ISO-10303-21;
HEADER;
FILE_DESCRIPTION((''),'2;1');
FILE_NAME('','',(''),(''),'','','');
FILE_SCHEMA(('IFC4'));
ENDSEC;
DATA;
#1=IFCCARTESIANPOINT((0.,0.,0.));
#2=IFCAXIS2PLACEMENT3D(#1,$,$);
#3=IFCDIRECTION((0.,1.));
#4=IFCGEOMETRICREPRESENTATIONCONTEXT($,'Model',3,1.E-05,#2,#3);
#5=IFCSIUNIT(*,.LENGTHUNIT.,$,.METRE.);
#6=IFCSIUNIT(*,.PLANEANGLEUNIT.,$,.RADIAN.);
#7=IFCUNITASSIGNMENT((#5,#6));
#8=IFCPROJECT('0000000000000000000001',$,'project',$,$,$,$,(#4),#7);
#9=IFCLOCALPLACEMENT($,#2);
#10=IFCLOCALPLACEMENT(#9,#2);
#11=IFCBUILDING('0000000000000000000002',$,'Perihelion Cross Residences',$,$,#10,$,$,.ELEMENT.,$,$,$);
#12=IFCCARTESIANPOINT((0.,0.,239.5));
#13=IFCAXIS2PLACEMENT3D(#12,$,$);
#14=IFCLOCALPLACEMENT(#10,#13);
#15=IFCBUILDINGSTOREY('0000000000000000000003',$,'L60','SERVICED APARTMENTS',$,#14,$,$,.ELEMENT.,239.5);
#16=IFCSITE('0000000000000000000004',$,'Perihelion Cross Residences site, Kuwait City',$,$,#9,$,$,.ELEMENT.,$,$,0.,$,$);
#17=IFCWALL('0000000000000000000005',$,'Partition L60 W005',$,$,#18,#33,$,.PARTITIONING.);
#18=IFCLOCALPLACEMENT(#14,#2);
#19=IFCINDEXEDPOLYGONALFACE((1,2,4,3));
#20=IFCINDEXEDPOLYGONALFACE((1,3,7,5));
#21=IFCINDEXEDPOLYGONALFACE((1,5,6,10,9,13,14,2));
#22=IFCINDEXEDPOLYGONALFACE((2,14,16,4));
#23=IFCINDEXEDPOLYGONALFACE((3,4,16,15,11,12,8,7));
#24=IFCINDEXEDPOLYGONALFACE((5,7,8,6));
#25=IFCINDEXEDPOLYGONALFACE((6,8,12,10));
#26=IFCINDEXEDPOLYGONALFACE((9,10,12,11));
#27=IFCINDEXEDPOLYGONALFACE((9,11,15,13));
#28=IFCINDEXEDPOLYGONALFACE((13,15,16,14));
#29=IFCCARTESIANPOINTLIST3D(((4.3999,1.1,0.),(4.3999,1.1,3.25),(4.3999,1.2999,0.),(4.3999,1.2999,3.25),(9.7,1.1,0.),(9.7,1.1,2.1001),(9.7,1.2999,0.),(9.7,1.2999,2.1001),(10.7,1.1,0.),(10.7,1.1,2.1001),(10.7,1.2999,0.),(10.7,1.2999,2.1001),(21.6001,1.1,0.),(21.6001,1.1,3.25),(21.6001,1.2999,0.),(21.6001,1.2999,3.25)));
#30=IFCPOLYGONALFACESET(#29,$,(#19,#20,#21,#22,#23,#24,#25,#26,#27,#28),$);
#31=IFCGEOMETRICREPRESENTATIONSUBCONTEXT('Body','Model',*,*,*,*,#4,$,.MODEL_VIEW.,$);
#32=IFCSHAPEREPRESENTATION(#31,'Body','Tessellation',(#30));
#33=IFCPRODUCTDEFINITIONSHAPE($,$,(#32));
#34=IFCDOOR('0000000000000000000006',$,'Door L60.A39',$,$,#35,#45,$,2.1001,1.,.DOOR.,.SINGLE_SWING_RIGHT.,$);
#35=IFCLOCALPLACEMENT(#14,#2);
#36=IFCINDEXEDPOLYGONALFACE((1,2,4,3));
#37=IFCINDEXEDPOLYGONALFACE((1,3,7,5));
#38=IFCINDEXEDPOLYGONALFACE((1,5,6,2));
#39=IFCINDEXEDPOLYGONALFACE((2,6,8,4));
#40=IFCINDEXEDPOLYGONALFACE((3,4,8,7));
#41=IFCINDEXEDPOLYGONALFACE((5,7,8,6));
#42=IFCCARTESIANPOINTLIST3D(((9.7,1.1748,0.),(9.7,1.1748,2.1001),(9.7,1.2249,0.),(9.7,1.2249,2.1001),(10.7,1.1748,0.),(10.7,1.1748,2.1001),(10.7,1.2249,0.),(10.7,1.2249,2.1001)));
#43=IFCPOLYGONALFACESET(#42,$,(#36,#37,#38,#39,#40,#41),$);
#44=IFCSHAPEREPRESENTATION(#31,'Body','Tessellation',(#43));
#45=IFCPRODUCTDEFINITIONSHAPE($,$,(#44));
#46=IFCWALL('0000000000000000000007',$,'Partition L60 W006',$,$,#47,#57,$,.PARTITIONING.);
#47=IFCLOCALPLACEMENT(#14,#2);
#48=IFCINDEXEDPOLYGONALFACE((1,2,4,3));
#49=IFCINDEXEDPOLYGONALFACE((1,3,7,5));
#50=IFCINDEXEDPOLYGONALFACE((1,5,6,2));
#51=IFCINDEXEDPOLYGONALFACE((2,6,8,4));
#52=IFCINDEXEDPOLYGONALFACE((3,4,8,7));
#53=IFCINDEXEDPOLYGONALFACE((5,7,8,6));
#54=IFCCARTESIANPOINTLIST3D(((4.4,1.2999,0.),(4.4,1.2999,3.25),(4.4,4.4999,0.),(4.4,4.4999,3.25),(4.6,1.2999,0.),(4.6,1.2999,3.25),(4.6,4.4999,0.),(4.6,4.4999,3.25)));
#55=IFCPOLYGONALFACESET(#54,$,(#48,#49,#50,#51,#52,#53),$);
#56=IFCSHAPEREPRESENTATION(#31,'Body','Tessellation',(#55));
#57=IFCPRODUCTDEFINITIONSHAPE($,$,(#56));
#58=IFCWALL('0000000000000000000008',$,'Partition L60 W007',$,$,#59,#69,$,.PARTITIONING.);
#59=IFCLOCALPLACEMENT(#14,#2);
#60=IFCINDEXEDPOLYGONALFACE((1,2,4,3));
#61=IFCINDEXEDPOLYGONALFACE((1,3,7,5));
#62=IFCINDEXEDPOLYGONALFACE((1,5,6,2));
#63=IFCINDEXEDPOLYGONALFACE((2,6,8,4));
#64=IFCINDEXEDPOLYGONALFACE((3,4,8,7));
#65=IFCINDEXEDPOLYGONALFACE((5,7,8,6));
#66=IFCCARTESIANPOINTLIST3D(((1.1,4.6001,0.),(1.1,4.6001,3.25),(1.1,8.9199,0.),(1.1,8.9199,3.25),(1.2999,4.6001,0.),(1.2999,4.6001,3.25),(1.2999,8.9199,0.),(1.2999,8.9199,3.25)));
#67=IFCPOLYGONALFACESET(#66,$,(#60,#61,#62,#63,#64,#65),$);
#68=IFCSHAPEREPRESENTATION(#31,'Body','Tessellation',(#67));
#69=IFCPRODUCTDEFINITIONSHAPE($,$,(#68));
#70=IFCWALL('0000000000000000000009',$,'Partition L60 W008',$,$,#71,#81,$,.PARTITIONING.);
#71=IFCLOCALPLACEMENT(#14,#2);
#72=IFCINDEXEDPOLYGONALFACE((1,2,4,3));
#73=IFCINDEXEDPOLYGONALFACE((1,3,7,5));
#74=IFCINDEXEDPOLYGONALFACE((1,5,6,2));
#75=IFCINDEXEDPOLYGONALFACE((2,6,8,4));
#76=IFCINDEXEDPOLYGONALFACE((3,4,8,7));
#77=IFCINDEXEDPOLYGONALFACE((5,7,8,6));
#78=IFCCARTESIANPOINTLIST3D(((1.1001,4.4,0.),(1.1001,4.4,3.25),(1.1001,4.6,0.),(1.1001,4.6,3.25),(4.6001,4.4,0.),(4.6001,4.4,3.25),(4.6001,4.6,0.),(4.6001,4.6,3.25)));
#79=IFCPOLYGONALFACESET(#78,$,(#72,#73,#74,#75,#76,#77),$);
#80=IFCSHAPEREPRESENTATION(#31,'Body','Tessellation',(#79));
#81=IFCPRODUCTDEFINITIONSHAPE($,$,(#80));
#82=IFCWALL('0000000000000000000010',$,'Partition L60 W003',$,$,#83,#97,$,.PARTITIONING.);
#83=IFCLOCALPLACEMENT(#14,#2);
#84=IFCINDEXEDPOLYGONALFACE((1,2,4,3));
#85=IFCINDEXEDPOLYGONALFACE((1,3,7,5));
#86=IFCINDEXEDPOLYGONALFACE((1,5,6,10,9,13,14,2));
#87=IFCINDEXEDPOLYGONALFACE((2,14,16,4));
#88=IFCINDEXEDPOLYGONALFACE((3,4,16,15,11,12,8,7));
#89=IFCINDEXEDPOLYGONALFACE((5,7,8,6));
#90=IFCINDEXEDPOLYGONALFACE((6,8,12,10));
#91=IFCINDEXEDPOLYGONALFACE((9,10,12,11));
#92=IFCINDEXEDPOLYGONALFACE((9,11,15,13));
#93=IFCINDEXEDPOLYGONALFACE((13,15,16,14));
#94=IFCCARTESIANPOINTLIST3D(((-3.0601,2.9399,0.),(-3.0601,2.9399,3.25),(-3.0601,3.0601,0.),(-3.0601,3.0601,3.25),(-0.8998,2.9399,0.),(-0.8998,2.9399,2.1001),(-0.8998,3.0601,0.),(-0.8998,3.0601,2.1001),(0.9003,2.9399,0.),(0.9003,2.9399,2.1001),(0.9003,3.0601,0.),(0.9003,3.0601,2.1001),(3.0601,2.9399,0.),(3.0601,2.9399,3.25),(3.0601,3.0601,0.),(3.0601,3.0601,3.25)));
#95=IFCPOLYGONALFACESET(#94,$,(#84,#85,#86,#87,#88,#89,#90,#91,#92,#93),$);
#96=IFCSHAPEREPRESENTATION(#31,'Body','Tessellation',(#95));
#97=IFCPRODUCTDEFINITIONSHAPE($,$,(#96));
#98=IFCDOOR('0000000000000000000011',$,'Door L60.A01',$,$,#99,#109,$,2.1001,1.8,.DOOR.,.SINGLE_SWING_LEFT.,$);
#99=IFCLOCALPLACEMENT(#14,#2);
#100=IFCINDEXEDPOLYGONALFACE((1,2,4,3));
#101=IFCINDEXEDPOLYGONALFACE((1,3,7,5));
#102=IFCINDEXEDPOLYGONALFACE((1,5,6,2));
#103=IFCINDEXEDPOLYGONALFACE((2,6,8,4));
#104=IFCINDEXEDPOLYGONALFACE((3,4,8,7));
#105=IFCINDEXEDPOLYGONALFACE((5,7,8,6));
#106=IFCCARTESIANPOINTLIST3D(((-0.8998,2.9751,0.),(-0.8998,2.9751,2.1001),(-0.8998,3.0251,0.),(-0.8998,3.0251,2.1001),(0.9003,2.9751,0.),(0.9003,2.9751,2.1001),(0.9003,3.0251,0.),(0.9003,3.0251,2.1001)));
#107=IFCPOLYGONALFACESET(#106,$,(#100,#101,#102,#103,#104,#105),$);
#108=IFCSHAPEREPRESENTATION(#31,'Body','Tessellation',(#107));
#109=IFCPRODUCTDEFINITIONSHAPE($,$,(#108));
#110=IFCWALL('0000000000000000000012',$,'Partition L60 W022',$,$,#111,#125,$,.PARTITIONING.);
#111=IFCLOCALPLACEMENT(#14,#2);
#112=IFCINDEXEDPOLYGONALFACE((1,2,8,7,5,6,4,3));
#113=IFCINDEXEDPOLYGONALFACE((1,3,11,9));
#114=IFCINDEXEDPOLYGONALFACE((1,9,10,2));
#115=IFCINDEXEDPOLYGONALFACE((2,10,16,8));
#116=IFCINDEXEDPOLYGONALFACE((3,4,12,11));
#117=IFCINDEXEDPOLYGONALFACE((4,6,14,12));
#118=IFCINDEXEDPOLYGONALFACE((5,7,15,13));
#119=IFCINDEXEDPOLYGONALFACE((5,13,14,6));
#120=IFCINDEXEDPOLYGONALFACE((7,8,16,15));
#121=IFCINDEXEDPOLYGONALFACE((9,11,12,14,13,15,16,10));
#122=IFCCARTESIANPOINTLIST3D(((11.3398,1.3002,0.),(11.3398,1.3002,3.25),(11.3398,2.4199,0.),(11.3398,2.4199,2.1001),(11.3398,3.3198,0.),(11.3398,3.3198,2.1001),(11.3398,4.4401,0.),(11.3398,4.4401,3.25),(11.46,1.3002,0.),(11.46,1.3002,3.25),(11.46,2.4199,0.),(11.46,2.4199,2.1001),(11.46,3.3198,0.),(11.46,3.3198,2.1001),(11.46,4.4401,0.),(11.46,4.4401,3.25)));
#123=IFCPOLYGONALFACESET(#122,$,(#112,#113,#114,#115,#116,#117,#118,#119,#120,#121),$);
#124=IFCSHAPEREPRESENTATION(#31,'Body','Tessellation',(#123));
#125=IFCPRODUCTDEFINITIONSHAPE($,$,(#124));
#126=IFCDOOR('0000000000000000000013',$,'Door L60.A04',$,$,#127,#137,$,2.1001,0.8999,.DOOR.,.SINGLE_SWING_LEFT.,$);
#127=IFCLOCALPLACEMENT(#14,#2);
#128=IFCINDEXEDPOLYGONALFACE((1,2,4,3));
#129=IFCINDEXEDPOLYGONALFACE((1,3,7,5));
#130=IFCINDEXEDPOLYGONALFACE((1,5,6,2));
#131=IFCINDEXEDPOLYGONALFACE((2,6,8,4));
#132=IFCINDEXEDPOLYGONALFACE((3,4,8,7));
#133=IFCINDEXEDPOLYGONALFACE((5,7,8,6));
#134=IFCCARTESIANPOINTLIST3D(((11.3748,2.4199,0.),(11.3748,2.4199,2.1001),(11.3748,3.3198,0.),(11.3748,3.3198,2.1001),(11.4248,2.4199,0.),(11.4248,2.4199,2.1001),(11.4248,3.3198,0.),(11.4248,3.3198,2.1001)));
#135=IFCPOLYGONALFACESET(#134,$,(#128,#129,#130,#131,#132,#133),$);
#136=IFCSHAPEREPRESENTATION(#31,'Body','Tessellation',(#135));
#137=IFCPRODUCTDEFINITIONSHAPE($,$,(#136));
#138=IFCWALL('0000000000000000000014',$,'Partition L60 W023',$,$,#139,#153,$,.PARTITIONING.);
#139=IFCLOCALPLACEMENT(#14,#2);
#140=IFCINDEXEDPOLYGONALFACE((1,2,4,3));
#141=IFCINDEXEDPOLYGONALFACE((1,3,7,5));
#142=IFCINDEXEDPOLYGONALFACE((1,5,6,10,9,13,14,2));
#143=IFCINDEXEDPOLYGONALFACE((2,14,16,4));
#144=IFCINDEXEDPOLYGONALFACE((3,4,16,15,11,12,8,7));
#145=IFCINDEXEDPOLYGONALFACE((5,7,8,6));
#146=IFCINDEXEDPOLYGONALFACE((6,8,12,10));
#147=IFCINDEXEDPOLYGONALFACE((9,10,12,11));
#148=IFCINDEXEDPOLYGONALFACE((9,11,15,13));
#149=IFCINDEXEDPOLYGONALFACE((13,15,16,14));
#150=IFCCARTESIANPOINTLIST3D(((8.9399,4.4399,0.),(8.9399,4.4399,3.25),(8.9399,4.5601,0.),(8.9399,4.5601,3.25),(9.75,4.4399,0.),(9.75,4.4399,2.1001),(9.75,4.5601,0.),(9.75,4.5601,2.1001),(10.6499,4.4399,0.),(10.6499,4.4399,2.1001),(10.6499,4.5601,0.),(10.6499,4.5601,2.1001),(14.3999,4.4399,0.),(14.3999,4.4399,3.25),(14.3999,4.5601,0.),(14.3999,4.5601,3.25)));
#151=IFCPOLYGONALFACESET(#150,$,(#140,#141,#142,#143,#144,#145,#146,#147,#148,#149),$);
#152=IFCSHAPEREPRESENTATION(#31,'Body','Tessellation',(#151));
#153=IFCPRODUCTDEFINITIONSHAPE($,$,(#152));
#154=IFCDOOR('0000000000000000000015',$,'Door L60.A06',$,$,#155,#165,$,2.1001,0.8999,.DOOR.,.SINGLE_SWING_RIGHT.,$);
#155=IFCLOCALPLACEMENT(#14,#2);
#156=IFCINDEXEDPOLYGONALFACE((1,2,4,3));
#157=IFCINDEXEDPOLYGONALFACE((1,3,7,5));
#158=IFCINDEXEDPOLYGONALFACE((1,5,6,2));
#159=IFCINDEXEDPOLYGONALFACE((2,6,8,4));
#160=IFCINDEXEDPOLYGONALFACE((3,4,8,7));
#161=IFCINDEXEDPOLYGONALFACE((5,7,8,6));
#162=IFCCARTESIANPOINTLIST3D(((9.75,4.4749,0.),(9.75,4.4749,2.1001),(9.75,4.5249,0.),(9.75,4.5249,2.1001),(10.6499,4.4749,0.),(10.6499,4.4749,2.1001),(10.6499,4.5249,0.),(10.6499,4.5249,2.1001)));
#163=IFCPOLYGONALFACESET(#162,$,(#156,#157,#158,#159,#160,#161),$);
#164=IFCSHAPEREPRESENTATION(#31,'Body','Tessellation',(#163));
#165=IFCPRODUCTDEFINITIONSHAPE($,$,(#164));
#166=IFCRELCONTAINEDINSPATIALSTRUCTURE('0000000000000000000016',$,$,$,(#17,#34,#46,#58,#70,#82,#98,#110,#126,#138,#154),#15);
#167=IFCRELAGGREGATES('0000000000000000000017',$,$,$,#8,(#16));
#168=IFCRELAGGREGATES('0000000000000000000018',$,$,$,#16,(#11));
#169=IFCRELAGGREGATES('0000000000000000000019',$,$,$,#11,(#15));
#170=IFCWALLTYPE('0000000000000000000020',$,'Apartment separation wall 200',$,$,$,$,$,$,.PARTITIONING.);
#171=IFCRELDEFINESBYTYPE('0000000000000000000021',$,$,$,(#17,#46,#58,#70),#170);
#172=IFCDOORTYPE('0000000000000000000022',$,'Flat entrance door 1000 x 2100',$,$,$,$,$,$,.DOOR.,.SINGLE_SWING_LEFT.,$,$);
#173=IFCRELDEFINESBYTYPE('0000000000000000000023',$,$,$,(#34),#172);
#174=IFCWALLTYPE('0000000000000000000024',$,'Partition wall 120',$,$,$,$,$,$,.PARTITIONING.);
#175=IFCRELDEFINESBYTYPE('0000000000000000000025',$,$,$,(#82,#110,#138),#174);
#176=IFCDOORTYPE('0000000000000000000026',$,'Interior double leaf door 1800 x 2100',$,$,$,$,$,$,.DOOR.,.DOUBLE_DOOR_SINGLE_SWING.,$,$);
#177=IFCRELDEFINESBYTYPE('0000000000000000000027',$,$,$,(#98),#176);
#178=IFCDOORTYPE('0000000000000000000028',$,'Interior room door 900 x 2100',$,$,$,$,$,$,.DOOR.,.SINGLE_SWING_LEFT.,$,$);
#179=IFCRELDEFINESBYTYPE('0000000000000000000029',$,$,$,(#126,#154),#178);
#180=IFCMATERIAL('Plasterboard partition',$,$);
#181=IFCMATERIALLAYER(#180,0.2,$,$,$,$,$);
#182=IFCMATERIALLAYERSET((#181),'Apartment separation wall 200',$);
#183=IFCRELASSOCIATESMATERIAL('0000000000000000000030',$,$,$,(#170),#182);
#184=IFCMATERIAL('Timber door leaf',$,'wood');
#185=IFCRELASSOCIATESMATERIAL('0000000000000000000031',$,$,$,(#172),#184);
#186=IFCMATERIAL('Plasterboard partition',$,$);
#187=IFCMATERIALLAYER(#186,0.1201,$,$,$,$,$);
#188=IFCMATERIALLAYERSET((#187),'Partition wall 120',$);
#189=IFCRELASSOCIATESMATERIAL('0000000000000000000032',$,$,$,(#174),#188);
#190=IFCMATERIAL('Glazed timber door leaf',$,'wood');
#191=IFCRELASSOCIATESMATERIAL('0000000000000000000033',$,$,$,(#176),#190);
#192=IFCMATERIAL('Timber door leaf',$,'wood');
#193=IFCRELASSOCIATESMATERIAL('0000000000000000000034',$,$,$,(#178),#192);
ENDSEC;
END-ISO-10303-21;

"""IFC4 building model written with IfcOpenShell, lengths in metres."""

from ifc_helpers import new_model, si_unit, direction, frame, frame_2d, origin, place, context, subcontext, project, spatial, rectangle, extrude, material, layer, layer_set, type_object, element, fill, save


model = new_model("IFC4")

# Units and contexts
model_context = context("Model", 3, precision=1e-05, world=origin(), true_north=direction((0.0, 1.0)))
body_context = subcontext(model_context, "Body", "Model", "MODEL_VIEW")
ifc_project = project(units=[si_unit("LENGTHUNIT", "METRE"), si_unit("PLANEANGLEUNIT", "RADIAN")], contexts=[model_context])

# Site, building, storey
site_placement = place(None, origin())
site = spatial("IfcSite", under=ifc_project, at=site_placement, Name="Perihelion Cross Residences site, Kuwait City", CompositionType="ELEMENT", RefElevation=0.0)
building_placement = place(site_placement, origin())
building = spatial("IfcBuilding", under=site, at=building_placement, Name="Perihelion Cross Residences", CompositionType="ELEMENT")
storey_placement = place(building_placement, frame((0.0, 0.0, 239.5)))
storey = spatial("IfcBuildingStorey", under=building, at=storey_placement, Name="L60", Description="SERVICED APARTMENTS", CompositionType="ELEMENT", Elevation=239.5)

# Wall, opening, door
ifc_material_1 = material(Name="Plasterboard partition")
ifc_layer_1 = layer(ifc_material_1, 0.2)
ifc_layer_set_1 = layer_set([ifc_layer_1], Name="Apartment separation wall 200")
wall_type_1 = type_object("IfcWallType", Name="Apartment separation wall 200", PredefinedType="PARTITIONING", material=ifc_layer_set_1)
wall_1_placement = place(storey_placement, frame((4.3999, 1.2, 0.0), z_axis=(0.0, 0.0, 1.0), x_axis=(1.0, 0.0, 0.0)))
wall_1 = element("IfcWall", 1, at=wall_1_placement, inside=storey, type_object=wall_type_1, Name="Partition L60 W005", PredefinedType="PARTITIONING", context=body_context, shape_type="SweptSolid", body=[
    extrude(rectangle(XDim=17.2002, YDim=0.2, at=frame_2d((8.6001, 0.0))), origin(), (0.0, 0.0, 1.0), 3.25),
])
opening_1_placement = place(wall_1_placement, frame((5.3, 0.0, 0.0)))
opening_1 = element("IfcOpeningElement", 2, at=opening_1_placement, cuts=wall_1, PredefinedType="OPENING", context=body_context, shape_type="SweptSolid", body=[
    extrude(rectangle(XDim=1.0, YDim=2.1001, at=frame_2d((0.5, 1.05))), frame((0.0, 0.1099, 0.0), z_axis=(0.0, -1.0, 0.0), x_axis=(1.0, 0.0, 0.0)), (0.0, 0.0, 1.0), 0.22),
])
ifc_material_2 = material(Name="Timber door leaf", Category="wood")
door_type_1 = type_object("IfcDoorType", Name="Flat entrance door 1000 x 2100", OperationType="SINGLE_SWING_LEFT", PredefinedType="DOOR", material=ifc_material_2)
door_1_placement = place(opening_1_placement, origin())
door_1 = element("IfcDoor", 3, at=door_1_placement, inside=storey, type_object=door_type_1, Name="Door L60.A39", OperationType="SINGLE_SWING_RIGHT", OverallHeight=2.1001, OverallWidth=1.0, PredefinedType="DOOR", context=body_context, shape_type="SweptSolid", body=[
    extrude(rectangle(XDim=1.0, YDim=2.1001, at=frame_2d((0.5, 1.05))), frame((0.0, 0.0249, 0.0), z_axis=(0.0, -1.0, 0.0), x_axis=(1.0, 0.0, 0.0)), (0.0, 0.0, 1.0), 0.05),
])
fill(opening_1, door_1)

# Walls
wall_2_placement = place(storey_placement, frame((4.5, 4.5, 0.0), z_axis=(0.0, 0.0, 1.0), x_axis=(0.0, -1.0, 0.0)))
element("IfcWall", 4, at=wall_2_placement, inside=storey, type_object=wall_type_1, Name="Partition L60 W006", PredefinedType="PARTITIONING", context=body_context, shape_type="SweptSolid", body=[
    extrude(rectangle(XDim=3.2, YDim=0.2, at=frame_2d((1.6001, 0.0))), origin(), (0.0, 0.0, 1.0), 3.25),
])
wall_3_placement = place(storey_placement, frame((1.2, 8.9199, 0.0), z_axis=(0.0, 0.0, 1.0), x_axis=(0.0, -1.0, 0.0)))
element("IfcWall", 5, at=wall_3_placement, inside=storey, type_object=wall_type_1, Name="Partition L60 W007", PredefinedType="PARTITIONING", context=body_context, shape_type="SweptSolid", body=[
    extrude(rectangle(XDim=4.3198, YDim=0.2, at=frame_2d((2.1599, 0.0))), origin(), (0.0, 0.0, 1.0), 3.25),
])
wall_4_placement = place(storey_placement, frame((1.1001, 4.5, 0.0), z_axis=(0.0, 0.0, 1.0), x_axis=(1.0, 0.0, 0.0)))
element("IfcWall", 6, at=wall_4_placement, inside=storey, type_object=wall_type_1, Name="Partition L60 W008", PredefinedType="PARTITIONING", context=body_context, shape_type="SweptSolid", body=[
    extrude(rectangle(XDim=3.5, YDim=0.2, at=frame_2d((1.75, 0.0))), origin(), (0.0, 0.0, 1.0), 3.25),
])

# Walls, openings, doors
ifc_material_3 = material(Name="Plasterboard partition")
ifc_layer_2 = layer(ifc_material_3, 0.1201)
ifc_layer_set_2 = layer_set([ifc_layer_2], Name="Partition wall 120")
wall_type_2 = type_object("IfcWallType", Name="Partition wall 120", PredefinedType="PARTITIONING", material=ifc_layer_set_2)
wall_5_placement = place(storey_placement, frame((3.0601, 3.0, 0.0), z_axis=(0.0, 0.0, 1.0), x_axis=(-1.0, 0.0, 0.0)))
wall_5 = element("IfcWall", 7, at=wall_5_placement, inside=storey, type_object=wall_type_2, Name="Partition L60 W003", PredefinedType="PARTITIONING", context=body_context, shape_type="SweptSolid", body=[
    extrude(rectangle(XDim=6.1201, YDim=0.1201, at=frame_2d((3.0601, 0.0))), origin(), (0.0, 0.0, 1.0), 3.25),
])
opening_2_placement = place(wall_5_placement, frame((2.1599, 0.0, 0.0)))
opening_2 = element("IfcOpeningElement", 8, at=opening_2_placement, cuts=wall_5, PredefinedType="OPENING", context=body_context, shape_type="SweptSolid", body=[
    extrude(rectangle(XDim=1.8, YDim=2.1001, at=frame_2d((0.8999, 1.05))), frame((0.0, 0.0701, 0.0), z_axis=(0.0, -1.0, 0.0), x_axis=(1.0, 0.0, 0.0)), (0.0, 0.0, 1.0), 0.1401),
])
ifc_material_4 = material(Name="Glazed timber door leaf", Category="wood")
door_type_2 = type_object("IfcDoorType", Name="Interior double leaf door 1800 x 2100", OperationType="DOUBLE_DOOR_SINGLE_SWING", PredefinedType="DOOR", material=ifc_material_4)
door_2_placement = place(opening_2_placement, origin())
door_2 = element("IfcDoor", 9, at=door_2_placement, inside=storey, type_object=door_type_2, Name="Door L60.A01", OperationType="SINGLE_SWING_LEFT", OverallHeight=2.1001, OverallWidth=1.8, PredefinedType="DOOR", context=body_context, shape_type="SweptSolid", body=[
    extrude(rectangle(XDim=1.8, YDim=2.1001, at=frame_2d((0.8999, 1.05))), frame((0.0, 0.0249, 0.0), z_axis=(0.0, -1.0, 0.0), x_axis=(1.0, 0.0, 0.0)), (0.0, 0.0, 1.0), 0.05),
])
fill(opening_2, door_2)
wall_6_placement = place(storey_placement, frame((11.3999, 4.4399, 0.0), z_axis=(0.0, 0.0, 1.0), x_axis=(0.0, -1.0, 0.0)))
wall_6 = element("IfcWall", 10, at=wall_6_placement, inside=storey, type_object=wall_type_2, Name="Partition L60 W022", PredefinedType="PARTITIONING", context=body_context, shape_type="SweptSolid", body=[
    extrude(rectangle(XDim=3.1399, YDim=0.1201, at=frame_2d((1.5698, 0.0))), origin(), (0.0, 0.0, 1.0), 3.25),
])
opening_3_placement = place(wall_6_placement, frame((1.1201, 0.0, 0.0)))
opening_3 = element("IfcOpeningElement", 11, at=opening_3_placement, cuts=wall_6, PredefinedType="OPENING", context=body_context, shape_type="SweptSolid", body=[
    extrude(rectangle(XDim=0.8999, YDim=2.1001, at=frame_2d((0.45, 1.05))), frame((0.0, 0.0701, 0.0), z_axis=(0.0, -1.0, 0.0), x_axis=(1.0, 0.0, 0.0)), (0.0, 0.0, 1.0), 0.1401),
])
ifc_material_5 = material(Name="Timber door leaf", Category="wood")
door_type_3 = type_object("IfcDoorType", Name="Interior room door 900 x 2100", OperationType="SINGLE_SWING_LEFT", PredefinedType="DOOR", material=ifc_material_5)
door_3_placement = place(opening_3_placement, origin())
door_3 = element("IfcDoor", 12, at=door_3_placement, inside=storey, type_object=door_type_3, Name="Door L60.A04", OperationType="SINGLE_SWING_LEFT", OverallHeight=2.1001, OverallWidth=0.8999, PredefinedType="DOOR", context=body_context, shape_type="SweptSolid", body=[
    extrude(rectangle(XDim=0.8999, YDim=2.1001, at=frame_2d((0.45, 1.05))), frame((0.0, 0.0249, 0.0), z_axis=(0.0, -1.0, 0.0), x_axis=(1.0, 0.0, 0.0)), (0.0, 0.0, 1.0), 0.05),
])
fill(opening_3, door_3)
wall_7_placement = place(storey_placement, frame((8.9399, 4.5, 0.0), z_axis=(0.0, 0.0, 1.0), x_axis=(1.0, 0.0, 0.0)))
wall_7 = element("IfcWall", 13, at=wall_7_placement, inside=storey, type_object=wall_type_2, Name="Partition L60 W023", PredefinedType="PARTITIONING", context=body_context, shape_type="SweptSolid", body=[
    extrude(rectangle(XDim=5.46, YDim=0.1201, at=frame_2d((2.73, 0.0))), origin(), (0.0, 0.0, 1.0), 3.25),
])
opening_4_placement = place(wall_7_placement, frame((0.8101, 0.0, 0.0)))
opening_4 = element("IfcOpeningElement", 14, at=opening_4_placement, cuts=wall_7, PredefinedType="OPENING", context=body_context, shape_type="SweptSolid", body=[
    extrude(rectangle(XDim=0.8999, YDim=2.1001, at=frame_2d((0.45, 1.05))), frame((0.0, 0.0701, 0.0), z_axis=(0.0, -1.0, 0.0), x_axis=(1.0, 0.0, 0.0)), (0.0, 0.0, 1.0), 0.1401),
])
door_4_placement = place(opening_4_placement, origin())
door_4 = element("IfcDoor", 15, at=door_4_placement, inside=storey, type_object=door_type_3, Name="Door L60.A06", OperationType="SINGLE_SWING_RIGHT", OverallHeight=2.1001, OverallWidth=0.8999, PredefinedType="DOOR", context=body_context, shape_type="SweptSolid", body=[
    extrude(rectangle(XDim=0.8999, YDim=2.1001, at=frame_2d((0.45, 1.05))), frame((0.0, 0.0249, 0.0), z_axis=(0.0, -1.0, 0.0), x_axis=(1.0, 0.0, 0.0)), (0.0, 0.0, 1.0), 0.05),
])
fill(opening_4, door_4)

save(model, "model.ifc")
